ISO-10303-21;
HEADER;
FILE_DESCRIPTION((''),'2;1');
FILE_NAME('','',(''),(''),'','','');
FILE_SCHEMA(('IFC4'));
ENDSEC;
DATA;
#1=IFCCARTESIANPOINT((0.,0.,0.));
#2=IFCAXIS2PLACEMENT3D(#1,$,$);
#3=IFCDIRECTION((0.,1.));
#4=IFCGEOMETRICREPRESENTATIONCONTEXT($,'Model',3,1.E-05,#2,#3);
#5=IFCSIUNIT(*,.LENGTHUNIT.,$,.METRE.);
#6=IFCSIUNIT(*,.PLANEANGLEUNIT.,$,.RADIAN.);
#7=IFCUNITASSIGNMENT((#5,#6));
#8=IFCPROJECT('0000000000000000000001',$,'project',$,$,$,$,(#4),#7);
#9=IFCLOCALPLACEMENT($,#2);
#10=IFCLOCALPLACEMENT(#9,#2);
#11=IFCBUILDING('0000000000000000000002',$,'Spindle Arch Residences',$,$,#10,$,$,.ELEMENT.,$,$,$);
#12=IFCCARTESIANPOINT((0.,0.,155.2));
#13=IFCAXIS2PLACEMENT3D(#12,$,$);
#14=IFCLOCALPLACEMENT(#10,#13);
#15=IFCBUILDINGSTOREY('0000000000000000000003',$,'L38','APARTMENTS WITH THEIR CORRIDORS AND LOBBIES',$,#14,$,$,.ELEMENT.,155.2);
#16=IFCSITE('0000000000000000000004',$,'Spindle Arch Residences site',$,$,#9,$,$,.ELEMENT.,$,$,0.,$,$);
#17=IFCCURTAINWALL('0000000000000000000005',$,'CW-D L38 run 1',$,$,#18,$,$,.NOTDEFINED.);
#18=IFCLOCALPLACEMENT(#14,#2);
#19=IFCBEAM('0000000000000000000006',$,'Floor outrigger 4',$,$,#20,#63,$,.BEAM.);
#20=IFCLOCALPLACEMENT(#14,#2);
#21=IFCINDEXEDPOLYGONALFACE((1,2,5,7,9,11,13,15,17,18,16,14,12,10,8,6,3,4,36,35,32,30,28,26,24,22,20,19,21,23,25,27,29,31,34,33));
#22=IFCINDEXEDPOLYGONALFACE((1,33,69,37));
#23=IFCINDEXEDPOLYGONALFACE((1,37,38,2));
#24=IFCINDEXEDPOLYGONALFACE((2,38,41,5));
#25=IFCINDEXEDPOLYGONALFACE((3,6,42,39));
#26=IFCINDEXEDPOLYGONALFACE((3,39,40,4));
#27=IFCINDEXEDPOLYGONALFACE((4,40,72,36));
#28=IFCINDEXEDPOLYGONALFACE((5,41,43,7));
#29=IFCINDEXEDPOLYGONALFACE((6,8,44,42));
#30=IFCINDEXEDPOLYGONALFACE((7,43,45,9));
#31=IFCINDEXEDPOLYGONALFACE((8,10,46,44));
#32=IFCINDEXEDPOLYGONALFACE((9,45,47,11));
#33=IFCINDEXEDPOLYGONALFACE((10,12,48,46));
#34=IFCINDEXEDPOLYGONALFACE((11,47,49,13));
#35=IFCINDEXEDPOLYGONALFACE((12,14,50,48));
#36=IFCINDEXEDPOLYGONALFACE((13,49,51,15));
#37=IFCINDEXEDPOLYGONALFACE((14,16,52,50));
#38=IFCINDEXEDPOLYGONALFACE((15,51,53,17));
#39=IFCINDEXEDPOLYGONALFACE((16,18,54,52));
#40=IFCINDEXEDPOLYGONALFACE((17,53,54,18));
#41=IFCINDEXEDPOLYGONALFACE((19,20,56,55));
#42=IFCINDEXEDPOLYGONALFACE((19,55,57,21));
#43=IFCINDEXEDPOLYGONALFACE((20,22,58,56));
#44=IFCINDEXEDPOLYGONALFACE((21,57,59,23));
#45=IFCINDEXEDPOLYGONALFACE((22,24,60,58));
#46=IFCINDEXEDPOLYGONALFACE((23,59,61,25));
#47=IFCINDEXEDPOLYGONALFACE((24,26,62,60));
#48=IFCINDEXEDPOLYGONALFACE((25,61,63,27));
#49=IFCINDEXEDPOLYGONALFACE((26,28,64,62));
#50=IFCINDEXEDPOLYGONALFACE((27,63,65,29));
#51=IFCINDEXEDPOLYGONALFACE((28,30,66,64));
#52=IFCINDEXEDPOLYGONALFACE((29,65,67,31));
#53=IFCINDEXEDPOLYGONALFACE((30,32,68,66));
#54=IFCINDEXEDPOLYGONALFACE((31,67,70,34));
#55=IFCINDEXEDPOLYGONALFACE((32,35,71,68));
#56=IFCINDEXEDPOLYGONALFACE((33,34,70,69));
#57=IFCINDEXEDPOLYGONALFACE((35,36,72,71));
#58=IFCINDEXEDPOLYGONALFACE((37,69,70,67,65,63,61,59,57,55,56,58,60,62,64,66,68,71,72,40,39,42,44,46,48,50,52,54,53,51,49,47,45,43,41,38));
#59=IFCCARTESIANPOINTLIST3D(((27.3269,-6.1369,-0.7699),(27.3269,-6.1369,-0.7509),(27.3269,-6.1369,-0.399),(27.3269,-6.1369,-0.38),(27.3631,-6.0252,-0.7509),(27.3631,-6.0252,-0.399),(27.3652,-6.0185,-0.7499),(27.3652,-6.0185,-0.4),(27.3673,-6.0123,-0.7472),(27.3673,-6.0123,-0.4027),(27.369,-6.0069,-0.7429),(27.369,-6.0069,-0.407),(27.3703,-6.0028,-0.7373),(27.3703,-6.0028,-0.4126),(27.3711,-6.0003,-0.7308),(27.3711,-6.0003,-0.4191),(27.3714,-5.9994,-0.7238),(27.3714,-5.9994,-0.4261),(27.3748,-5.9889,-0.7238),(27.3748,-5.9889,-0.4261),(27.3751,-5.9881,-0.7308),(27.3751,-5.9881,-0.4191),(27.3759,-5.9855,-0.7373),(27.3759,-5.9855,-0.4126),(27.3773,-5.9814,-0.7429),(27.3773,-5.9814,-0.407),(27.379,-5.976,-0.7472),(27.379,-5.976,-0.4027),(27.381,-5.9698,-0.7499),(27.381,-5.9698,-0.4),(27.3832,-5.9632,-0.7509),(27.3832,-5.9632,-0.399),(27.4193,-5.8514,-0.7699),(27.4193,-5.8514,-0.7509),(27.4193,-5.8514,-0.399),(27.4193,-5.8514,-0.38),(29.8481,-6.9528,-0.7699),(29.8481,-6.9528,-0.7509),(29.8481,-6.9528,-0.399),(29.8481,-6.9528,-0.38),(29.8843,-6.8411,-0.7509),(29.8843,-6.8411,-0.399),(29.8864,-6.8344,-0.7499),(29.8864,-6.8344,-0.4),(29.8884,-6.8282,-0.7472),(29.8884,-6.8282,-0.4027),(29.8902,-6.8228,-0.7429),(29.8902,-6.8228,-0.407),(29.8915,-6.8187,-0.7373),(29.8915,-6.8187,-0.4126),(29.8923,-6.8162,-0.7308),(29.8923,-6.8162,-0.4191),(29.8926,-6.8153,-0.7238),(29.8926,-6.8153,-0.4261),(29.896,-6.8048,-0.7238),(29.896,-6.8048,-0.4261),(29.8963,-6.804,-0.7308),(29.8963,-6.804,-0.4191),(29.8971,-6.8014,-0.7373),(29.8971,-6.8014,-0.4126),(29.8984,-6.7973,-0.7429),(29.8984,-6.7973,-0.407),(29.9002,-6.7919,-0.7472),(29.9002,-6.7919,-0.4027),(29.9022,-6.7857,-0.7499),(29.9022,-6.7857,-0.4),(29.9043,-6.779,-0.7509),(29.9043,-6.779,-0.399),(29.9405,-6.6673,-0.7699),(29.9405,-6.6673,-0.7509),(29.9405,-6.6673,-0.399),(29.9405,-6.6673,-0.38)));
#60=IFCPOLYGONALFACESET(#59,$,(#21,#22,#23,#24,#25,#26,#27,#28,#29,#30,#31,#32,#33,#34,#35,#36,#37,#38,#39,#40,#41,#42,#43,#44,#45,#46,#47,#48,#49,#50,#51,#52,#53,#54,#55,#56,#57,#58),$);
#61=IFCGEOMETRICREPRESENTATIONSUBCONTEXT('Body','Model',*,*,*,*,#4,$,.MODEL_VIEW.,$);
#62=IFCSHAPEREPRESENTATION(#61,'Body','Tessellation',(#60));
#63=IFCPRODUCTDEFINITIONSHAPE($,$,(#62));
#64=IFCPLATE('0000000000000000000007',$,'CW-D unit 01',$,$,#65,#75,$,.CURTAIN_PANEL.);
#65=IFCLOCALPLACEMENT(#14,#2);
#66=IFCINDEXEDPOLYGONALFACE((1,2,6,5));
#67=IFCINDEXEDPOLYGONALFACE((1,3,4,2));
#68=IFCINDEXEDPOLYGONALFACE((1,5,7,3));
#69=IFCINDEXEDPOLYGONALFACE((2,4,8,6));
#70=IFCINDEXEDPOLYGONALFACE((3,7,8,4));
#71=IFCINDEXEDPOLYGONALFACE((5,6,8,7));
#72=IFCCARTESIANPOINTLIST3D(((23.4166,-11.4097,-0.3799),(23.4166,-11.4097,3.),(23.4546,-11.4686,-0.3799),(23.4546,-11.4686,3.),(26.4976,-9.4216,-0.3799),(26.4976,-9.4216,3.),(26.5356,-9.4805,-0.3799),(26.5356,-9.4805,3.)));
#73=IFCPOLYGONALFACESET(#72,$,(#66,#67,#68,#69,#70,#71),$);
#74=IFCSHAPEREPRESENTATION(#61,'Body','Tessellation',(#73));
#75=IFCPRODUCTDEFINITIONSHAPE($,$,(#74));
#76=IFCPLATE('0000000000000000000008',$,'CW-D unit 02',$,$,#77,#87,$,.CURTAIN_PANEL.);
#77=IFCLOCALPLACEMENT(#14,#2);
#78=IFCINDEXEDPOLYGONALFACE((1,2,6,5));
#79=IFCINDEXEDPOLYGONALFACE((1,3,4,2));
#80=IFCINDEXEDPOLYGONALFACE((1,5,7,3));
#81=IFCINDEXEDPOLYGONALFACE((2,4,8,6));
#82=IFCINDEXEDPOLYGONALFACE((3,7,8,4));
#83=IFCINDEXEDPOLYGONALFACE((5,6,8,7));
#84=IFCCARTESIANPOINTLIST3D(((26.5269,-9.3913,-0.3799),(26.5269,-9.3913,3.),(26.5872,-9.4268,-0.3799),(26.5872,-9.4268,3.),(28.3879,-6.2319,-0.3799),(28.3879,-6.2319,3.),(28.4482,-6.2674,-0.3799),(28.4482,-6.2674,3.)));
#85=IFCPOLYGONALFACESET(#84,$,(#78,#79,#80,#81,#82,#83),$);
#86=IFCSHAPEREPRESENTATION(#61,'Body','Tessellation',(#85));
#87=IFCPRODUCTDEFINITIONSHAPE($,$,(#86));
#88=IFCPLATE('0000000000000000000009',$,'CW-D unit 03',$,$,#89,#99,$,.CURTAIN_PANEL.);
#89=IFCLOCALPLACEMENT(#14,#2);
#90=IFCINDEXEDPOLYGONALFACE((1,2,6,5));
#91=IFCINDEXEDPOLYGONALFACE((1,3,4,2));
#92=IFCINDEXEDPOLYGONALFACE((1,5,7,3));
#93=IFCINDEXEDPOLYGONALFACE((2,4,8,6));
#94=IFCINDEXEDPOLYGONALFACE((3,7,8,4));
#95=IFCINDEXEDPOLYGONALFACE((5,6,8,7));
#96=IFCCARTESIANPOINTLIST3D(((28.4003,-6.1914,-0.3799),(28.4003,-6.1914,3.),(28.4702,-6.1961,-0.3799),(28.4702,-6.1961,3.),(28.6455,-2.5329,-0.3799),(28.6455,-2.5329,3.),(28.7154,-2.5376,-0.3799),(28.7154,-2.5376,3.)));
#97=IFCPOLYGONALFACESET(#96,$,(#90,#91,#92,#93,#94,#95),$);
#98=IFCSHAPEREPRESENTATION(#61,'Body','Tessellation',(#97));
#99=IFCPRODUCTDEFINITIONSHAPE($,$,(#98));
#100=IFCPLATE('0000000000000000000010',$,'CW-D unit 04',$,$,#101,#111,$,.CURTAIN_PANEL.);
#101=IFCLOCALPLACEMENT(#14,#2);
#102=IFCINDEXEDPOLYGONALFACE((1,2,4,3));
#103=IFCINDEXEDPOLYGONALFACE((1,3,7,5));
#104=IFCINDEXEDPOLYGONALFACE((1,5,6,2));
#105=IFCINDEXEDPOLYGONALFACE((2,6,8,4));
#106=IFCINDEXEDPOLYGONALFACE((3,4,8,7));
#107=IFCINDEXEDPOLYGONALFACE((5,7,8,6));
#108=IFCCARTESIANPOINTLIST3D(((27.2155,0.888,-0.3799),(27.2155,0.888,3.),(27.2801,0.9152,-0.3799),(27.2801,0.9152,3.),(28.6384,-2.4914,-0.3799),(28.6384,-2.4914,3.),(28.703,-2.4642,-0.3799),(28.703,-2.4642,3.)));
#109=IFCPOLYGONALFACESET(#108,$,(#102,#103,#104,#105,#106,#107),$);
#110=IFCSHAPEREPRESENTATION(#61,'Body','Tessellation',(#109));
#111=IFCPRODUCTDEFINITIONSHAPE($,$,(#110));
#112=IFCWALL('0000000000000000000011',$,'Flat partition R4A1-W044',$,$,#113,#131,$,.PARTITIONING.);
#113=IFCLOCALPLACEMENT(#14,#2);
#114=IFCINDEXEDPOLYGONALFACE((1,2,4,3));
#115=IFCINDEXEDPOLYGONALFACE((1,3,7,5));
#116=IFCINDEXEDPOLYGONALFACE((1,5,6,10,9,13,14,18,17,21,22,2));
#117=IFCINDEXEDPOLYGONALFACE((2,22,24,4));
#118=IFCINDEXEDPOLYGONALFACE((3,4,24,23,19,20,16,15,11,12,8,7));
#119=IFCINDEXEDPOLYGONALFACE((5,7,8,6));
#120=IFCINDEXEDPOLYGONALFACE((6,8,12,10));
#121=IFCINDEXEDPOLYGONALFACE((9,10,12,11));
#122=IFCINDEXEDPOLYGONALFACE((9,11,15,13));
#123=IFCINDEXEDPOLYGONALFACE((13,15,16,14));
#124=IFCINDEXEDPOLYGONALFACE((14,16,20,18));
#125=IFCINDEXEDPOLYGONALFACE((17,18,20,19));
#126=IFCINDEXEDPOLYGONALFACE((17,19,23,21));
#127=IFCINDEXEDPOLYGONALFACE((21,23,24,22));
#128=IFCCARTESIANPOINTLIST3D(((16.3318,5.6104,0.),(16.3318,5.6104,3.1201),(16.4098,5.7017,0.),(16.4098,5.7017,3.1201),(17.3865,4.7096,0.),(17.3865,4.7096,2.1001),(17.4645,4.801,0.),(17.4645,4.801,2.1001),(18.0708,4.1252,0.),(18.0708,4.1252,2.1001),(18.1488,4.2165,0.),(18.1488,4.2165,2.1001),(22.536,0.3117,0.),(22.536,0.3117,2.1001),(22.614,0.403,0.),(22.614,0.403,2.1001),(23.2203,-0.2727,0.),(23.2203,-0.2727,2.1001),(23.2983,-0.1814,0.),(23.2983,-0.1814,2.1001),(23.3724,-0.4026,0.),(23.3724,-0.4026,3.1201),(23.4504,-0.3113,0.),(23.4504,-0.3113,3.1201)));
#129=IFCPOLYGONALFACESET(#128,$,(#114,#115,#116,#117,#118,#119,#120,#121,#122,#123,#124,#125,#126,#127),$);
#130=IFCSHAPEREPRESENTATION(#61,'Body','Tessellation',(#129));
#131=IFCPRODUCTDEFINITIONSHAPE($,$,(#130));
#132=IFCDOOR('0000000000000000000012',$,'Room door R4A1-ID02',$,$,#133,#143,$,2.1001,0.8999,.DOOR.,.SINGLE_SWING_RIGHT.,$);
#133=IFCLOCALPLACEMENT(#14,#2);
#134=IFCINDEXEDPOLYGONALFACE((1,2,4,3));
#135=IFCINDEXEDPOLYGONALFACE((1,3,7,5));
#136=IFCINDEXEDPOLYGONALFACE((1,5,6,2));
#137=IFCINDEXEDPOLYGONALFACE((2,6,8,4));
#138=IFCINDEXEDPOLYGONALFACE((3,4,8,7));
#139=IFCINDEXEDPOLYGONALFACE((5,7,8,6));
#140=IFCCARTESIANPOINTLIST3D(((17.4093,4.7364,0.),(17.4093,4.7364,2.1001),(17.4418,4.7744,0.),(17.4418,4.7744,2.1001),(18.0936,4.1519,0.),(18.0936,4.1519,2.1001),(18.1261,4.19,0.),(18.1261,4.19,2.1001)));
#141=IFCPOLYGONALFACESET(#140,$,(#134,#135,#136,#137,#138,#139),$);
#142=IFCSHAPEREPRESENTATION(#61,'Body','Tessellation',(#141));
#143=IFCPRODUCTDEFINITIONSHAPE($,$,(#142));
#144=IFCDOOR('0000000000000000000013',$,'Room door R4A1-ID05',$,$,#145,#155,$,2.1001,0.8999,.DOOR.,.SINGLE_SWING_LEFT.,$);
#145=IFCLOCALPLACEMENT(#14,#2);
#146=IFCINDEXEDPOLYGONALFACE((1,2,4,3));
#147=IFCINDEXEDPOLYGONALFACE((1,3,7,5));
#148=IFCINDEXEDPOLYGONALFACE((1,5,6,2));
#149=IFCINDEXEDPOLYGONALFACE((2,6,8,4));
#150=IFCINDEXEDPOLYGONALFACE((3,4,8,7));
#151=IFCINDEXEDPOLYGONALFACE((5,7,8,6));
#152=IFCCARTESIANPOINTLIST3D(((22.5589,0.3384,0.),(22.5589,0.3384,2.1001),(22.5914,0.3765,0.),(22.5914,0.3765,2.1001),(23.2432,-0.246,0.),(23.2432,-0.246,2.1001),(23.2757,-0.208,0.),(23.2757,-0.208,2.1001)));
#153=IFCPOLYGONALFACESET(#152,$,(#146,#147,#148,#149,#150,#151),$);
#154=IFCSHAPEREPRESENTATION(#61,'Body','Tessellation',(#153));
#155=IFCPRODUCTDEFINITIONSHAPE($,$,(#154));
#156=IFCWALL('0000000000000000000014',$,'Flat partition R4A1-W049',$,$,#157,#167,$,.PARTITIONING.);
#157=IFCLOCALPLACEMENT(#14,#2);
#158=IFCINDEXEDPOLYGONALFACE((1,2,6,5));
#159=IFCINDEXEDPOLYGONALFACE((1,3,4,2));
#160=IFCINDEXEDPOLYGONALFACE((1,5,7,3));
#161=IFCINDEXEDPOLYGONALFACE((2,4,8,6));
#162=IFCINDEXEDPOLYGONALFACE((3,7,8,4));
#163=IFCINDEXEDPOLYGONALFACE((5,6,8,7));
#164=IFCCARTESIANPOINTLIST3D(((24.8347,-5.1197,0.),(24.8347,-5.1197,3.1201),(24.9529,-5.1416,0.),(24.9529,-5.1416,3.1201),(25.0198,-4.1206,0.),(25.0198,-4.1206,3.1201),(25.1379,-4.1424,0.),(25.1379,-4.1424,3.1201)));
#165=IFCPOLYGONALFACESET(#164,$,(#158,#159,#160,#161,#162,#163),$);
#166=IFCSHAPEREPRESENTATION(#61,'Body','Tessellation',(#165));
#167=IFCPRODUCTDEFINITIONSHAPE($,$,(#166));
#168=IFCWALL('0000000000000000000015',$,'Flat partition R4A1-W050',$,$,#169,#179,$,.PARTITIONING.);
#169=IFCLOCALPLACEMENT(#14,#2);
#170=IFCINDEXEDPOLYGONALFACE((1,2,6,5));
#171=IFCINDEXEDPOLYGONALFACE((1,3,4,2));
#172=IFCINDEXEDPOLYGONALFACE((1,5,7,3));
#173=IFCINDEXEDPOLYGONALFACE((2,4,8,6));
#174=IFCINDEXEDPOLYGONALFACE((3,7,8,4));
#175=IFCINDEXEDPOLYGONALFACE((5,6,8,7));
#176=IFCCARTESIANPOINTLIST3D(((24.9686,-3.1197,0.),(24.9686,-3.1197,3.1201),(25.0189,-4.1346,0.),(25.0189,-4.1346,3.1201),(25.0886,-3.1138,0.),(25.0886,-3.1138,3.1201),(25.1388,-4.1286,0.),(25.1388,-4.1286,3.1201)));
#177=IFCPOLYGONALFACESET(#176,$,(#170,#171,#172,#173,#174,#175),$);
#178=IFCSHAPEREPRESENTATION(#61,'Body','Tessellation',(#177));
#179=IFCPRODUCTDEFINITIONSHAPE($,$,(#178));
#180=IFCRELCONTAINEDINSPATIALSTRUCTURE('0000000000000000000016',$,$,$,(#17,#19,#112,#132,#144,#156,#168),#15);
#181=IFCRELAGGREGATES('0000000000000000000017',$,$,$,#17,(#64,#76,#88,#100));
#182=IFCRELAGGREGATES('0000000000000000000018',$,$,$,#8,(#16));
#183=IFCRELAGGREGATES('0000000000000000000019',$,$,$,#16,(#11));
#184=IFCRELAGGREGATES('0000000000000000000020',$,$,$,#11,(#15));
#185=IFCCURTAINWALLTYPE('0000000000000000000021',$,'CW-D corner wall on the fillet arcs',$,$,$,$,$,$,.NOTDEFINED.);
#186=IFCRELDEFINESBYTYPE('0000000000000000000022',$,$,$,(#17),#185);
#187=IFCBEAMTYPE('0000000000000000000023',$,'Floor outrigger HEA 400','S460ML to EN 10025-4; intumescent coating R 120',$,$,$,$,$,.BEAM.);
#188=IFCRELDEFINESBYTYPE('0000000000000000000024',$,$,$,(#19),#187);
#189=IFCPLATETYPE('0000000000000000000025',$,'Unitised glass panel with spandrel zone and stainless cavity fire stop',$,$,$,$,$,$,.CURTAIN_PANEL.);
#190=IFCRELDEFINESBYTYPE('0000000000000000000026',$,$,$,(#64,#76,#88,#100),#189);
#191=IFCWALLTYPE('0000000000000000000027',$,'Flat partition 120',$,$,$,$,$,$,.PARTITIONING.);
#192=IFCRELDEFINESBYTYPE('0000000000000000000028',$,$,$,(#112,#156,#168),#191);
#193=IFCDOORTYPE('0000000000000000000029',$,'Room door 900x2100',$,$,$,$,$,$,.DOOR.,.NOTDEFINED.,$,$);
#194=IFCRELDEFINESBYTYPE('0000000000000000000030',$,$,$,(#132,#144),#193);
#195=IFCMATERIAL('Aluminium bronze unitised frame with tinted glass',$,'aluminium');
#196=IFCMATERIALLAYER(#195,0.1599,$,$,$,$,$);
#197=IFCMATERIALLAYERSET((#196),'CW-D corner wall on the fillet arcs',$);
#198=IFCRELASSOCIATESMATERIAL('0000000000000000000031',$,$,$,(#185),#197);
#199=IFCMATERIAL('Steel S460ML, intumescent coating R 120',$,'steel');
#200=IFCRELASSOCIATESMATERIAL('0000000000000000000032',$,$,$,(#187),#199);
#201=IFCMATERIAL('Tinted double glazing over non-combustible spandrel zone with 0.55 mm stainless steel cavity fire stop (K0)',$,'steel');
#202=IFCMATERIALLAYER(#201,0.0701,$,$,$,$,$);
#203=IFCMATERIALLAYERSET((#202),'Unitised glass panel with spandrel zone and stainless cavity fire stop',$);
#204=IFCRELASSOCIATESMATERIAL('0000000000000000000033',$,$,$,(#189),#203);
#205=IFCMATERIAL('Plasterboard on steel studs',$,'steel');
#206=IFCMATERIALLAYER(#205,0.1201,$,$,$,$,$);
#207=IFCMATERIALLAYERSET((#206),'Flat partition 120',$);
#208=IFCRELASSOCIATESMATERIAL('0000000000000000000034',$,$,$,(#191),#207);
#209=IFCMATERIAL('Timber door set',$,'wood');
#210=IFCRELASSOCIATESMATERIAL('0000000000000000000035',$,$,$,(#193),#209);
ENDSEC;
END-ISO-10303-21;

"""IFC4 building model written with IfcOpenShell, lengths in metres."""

from ifc_helpers import new_model, si_unit, direction, frame, frame_2d, origin, origin_2d, place, context, subcontext, project, spatial, rectangle, i_section, extrude, material, layer, layer_set, material_profile, profile_set, type_object, element, fill, aggregate, save


model = new_model("IFC4")

# Units and contexts
model_context = context("Model", 3, precision=1e-05, world=origin(), true_north=direction((0.0, 1.0)))
body_context = subcontext(model_context, "Body", "Model", "MODEL_VIEW")
ifc_project = project(units=[si_unit("LENGTHUNIT", "METRE"), si_unit("PLANEANGLEUNIT", "RADIAN")], contexts=[model_context])

# Site, building, storey
site_placement = place(None, origin())
site = spatial("IfcSite", under=ifc_project, at=site_placement, Name="Spindle Arch Residences site", CompositionType="ELEMENT", RefElevation=0.0)
building_placement = place(site_placement, origin())
building = spatial("IfcBuilding", under=site, at=building_placement, Name="Spindle Arch Residences", CompositionType="ELEMENT")
storey_placement = place(building_placement, frame((0.0, 0.0, 155.2)))
storey = spatial("IfcBuildingStorey", under=building, at=storey_placement, Name="L38", Description="APARTMENTS WITH THEIR CORRIDORS AND LOBBIES", CompositionType="ELEMENT", Elevation=155.2)

# Curtain wall
ifc_material_1 = material(Name="Aluminium bronze unitised frame with tinted glass", Category="aluminium")
ifc_layer_1 = layer(ifc_material_1, 0.1599)
ifc_layer_set_1 = layer_set([ifc_layer_1], Name="CW-D corner wall on the fillet arcs")
curtain_wall_type = type_object("IfcCurtainWallType", Name="CW-D corner wall on the fillet arcs", PredefinedType="NOTDEFINED", material=ifc_layer_set_1)
curtain_wall_placement = place(storey_placement, origin())
curtain_wall = element("IfcCurtainWall", 1, at=curtain_wall_placement, inside=storey, type_object=curtain_wall_type, Name="CW-D L38 run 1", PredefinedType="NOTDEFINED")

# Beam
ifc_material_2 = material(Name="Steel S460ML, intumescent coating R 120", Category="steel")
ifc_material_profile_1 = material_profile(ifc_material_2, i_section(OverallWidth=0.3, OverallDepth=0.3899, WebThickness=0.011, FlangeThickness=0.019, FilletRadius=0.0271, at=origin_2d()), Name="HEA 400")
ifc_profile_set_1 = profile_set([ifc_material_profile_1], Name="Steel S460ML, intumescent coating R 120")
beam_type_1 = type_object("IfcBeamType", Name="Floor outrigger HEA 400", Description="S460ML to EN 10025-4; intumescent coating R 120", PredefinedType="BEAM", material=ifc_profile_set_1)
beam_1_placement = place(storey_placement, frame((29.8943, -6.8101, -0.575), z_axis=(-0.95142, 0.307896, 0.0), x_axis=(-0.307896, -0.95142, 0.0)))
element("IfcBeam", 2, at=beam_1_placement, inside=storey, type_object=beam_type_1, Name="Floor outrigger 4", PredefinedType="BEAM", context=body_context, shape_type="SweptSolid", body=[
    extrude(i_section(OverallWidth=0.3, OverallDepth=0.3899, WebThickness=0.011, FlangeThickness=0.019, FilletRadius=0.0271, at=origin_2d()), origin(), (0.0, 0.0, 1.0), 2.6499),
])

# Plates
ifc_material_3 = material(Name="Tinted double glazing over non-combustible spandrel zone with 0.55 mm stainless steel cavity fire stop (K0)", Category="steel")
ifc_layer_2 = layer(ifc_material_3, 0.0701)
ifc_layer_set_2 = layer_set([ifc_layer_2], Name="Unitised glass panel with spandrel zone and stainless cavity fire stop")
plate_type = type_object("IfcPlateType", Name="Unitised glass panel with spandrel zone and stainless cavity fire stop", PredefinedType="CURTAIN_PANEL", material=ifc_layer_set_2)
plate_1_placement = place(storey_placement, frame((24.9761, -10.4451, -0.3799), z_axis=(0.0, 0.0, 1.0), x_axis=(0.840251, 0.542197, 0.0)))
plate_1 = element("IfcPlate", 3, at=plate_1_placement, type_object=plate_type, Name="CW-D unit 01", PredefinedType="CURTAIN_PANEL", context=body_context, shape_type="SweptSolid", body=[
    extrude(rectangle(XDim=3.6667, YDim=0.0701, at=origin_2d()), origin(), (0.0, 0.0, 1.0), 3.3799),
])
plate_2_placement = place(storey_placement, frame((27.4875, -7.8293, -0.3799), z_axis=(0.0, 0.0, 1.0), x_axis=(0.507538, 0.861629, 0.0)))
plate_2 = element("IfcPlate", 4, at=plate_2_placement, type_object=plate_type, Name="CW-D unit 02", PredefinedType="CURTAIN_PANEL", context=body_context, shape_type="SweptSolid", body=[
    extrude(rectangle(XDim=3.6667, YDim=0.0701, at=origin_2d()), origin(), (0.0, 0.0, 1.0), 3.3799),
])
plate_3_placement = place(storey_placement, frame((28.5579, -4.3645, -0.3799), z_axis=(0.0, 0.0, 1.0), x_axis=(0.066854, 0.997763, 0.0)))
plate_3 = element("IfcPlate", 5, at=plate_3_placement, type_object=plate_type, Name="CW-D unit 03", PredefinedType="CURTAIN_PANEL", context=body_context, shape_type="SweptSolid", body=[
    extrude(rectangle(XDim=3.6667, YDim=0.0701, at=origin_2d()), origin(), (0.0, 0.0, 1.0), 3.3799),
])
plate_4_placement = place(storey_placement, frame((27.9592, -0.7881, -0.3799), z_axis=(0.0, 0.0, 1.0), x_axis=(-0.388052, 0.921638, 0.0)))
plate_4 = element("IfcPlate", 6, at=plate_4_placement, type_object=plate_type, Name="CW-D unit 04", PredefinedType="CURTAIN_PANEL", context=body_context, shape_type="SweptSolid", body=[
    extrude(rectangle(XDim=3.6667, YDim=0.0701, at=origin_2d()), origin(), (0.0, 0.0, 1.0), 3.3799),
])
aggregate(curtain_wall, [plate_1, plate_2, plate_3, plate_4])

# Wall, openings, doors
ifc_material_4 = material(Name="Plasterboard on steel studs", Category="steel")
ifc_layer_3 = layer(ifc_material_4, 0.1201)
ifc_layer_set_3 = layer_set([ifc_layer_3], Name="Flat partition 120")
wall_type = type_object("IfcWallType", Name="Flat partition 120", PredefinedType="PARTITIONING", material=ifc_layer_set_3)
wall_1_placement = place(storey_placement, frame((23.4114, -0.3569, 0.0), z_axis=(0.0, 0.0, 1.0), x_axis=(-0.760419, 0.649433, 0.0)))
wall_1 = element("IfcWall", 7, at=wall_1_placement, inside=storey, type_object=wall_type, Name="Flat partition R4A1-W044", PredefinedType="PARTITIONING", context=body_context, shape_type="SweptSolid", body=[
    extrude(rectangle(XDim=9.2588, YDim=0.1201, at=frame_2d((4.6294, 0.0))), origin(), (0.0, 0.0, 1.0), 3.1201),
])
opening_1_placement = place(wall_1_placement, frame((6.9719, 0.0, 0.0)))
opening_1 = element("IfcOpeningElement", 8, at=opening_1_placement, cuts=wall_1, PredefinedType="OPENING", context=body_context, shape_type="SweptSolid", body=[
    extrude(rectangle(XDim=0.8999, YDim=2.1001, at=frame_2d((0.45, 1.05))), frame((0.0, 0.0701, 0.0), z_axis=(0.0, -1.0, 0.0), x_axis=(1.0, 0.0, 0.0)), (0.0, 0.0, 1.0), 0.1401),
])
opening_2_placement = place(wall_1_placement, frame((0.2, 0.0, 0.0)))
opening_2 = element("IfcOpeningElement", 9, at=opening_2_placement, cuts=wall_1, PredefinedType="OPENING", context=body_context, shape_type="SweptSolid", body=[
    extrude(rectangle(XDim=0.8999, YDim=2.1001, at=frame_2d((0.45, 1.05))), frame((0.0, 0.0701, 0.0), z_axis=(0.0, -1.0, 0.0), x_axis=(1.0, 0.0, 0.0)), (0.0, 0.0, 1.0), 0.1401),
])
ifc_material_5 = material(Name="Timber door set", Category="wood")
door_type = type_object("IfcDoorType", Name="Room door 900x2100", OperationType="NOTDEFINED", PredefinedType="DOOR", material=ifc_material_5)
door_1_placement = place(opening_1_placement, origin())
door_1 = element("IfcDoor", 10, at=door_1_placement, inside=storey, type_object=door_type, Name="Room door R4A1-ID02", OperationType="SINGLE_SWING_RIGHT", OverallHeight=2.1001, OverallWidth=0.8999, PredefinedType="DOOR", context=body_context, shape_type="SweptSolid", body=[
    extrude(rectangle(XDim=0.8999, YDim=2.1001, at=frame_2d((0.45, 1.05))), frame((0.0, 0.0249, 0.0), z_axis=(0.0, -1.0, 0.0), x_axis=(1.0, 0.0, 0.0)), (0.0, 0.0, 1.0), 0.05),
])
fill(opening_1, door_1)
door_2_placement = place(opening_2_placement, origin())
door_2 = element("IfcDoor", 11, at=door_2_placement, inside=storey, type_object=door_type, Name="Room door R4A1-ID05", OperationType="SINGLE_SWING_LEFT", OverallHeight=2.1001, OverallWidth=0.8999, PredefinedType="DOOR", context=body_context, shape_type="SweptSolid", body=[
    extrude(rectangle(XDim=0.8999, YDim=2.1001, at=frame_2d((0.45, 1.05))), frame((0.0, 0.0249, 0.0), z_axis=(0.0, -1.0, 0.0), x_axis=(1.0, 0.0, 0.0)), (0.0, 0.0, 1.0), 0.05),
])
fill(opening_2, door_2)

# Walls
for number, where, z_axis, x_axis, name in (
    (12, (24.8938, -5.1306, 0.0), (0.0, 0.0, 1.0), (0.182141, 0.983272, 0.0), "Flat partition R4A1-W049"),
    (13, (25.0789, -4.1316, 0.0), (0.0, 0.0, 1.0), (-0.049494, 0.998774, 0.0), "Flat partition R4A1-W050"),
):
    element("IfcWall", number, at=place(storey_placement, frame(where, z_axis=z_axis, x_axis=x_axis)), inside=storey, type_object=wall_type, Name=name, PredefinedType="PARTITIONING", context=body_context, shape_type="SweptSolid", body=[
        extrude(rectangle(XDim=1.0161, YDim=0.1201, at=frame_2d((0.5081, 0.0))), origin(), (0.0, 0.0, 1.0), 3.1201),
    ])

save(model, "model.ifc")
